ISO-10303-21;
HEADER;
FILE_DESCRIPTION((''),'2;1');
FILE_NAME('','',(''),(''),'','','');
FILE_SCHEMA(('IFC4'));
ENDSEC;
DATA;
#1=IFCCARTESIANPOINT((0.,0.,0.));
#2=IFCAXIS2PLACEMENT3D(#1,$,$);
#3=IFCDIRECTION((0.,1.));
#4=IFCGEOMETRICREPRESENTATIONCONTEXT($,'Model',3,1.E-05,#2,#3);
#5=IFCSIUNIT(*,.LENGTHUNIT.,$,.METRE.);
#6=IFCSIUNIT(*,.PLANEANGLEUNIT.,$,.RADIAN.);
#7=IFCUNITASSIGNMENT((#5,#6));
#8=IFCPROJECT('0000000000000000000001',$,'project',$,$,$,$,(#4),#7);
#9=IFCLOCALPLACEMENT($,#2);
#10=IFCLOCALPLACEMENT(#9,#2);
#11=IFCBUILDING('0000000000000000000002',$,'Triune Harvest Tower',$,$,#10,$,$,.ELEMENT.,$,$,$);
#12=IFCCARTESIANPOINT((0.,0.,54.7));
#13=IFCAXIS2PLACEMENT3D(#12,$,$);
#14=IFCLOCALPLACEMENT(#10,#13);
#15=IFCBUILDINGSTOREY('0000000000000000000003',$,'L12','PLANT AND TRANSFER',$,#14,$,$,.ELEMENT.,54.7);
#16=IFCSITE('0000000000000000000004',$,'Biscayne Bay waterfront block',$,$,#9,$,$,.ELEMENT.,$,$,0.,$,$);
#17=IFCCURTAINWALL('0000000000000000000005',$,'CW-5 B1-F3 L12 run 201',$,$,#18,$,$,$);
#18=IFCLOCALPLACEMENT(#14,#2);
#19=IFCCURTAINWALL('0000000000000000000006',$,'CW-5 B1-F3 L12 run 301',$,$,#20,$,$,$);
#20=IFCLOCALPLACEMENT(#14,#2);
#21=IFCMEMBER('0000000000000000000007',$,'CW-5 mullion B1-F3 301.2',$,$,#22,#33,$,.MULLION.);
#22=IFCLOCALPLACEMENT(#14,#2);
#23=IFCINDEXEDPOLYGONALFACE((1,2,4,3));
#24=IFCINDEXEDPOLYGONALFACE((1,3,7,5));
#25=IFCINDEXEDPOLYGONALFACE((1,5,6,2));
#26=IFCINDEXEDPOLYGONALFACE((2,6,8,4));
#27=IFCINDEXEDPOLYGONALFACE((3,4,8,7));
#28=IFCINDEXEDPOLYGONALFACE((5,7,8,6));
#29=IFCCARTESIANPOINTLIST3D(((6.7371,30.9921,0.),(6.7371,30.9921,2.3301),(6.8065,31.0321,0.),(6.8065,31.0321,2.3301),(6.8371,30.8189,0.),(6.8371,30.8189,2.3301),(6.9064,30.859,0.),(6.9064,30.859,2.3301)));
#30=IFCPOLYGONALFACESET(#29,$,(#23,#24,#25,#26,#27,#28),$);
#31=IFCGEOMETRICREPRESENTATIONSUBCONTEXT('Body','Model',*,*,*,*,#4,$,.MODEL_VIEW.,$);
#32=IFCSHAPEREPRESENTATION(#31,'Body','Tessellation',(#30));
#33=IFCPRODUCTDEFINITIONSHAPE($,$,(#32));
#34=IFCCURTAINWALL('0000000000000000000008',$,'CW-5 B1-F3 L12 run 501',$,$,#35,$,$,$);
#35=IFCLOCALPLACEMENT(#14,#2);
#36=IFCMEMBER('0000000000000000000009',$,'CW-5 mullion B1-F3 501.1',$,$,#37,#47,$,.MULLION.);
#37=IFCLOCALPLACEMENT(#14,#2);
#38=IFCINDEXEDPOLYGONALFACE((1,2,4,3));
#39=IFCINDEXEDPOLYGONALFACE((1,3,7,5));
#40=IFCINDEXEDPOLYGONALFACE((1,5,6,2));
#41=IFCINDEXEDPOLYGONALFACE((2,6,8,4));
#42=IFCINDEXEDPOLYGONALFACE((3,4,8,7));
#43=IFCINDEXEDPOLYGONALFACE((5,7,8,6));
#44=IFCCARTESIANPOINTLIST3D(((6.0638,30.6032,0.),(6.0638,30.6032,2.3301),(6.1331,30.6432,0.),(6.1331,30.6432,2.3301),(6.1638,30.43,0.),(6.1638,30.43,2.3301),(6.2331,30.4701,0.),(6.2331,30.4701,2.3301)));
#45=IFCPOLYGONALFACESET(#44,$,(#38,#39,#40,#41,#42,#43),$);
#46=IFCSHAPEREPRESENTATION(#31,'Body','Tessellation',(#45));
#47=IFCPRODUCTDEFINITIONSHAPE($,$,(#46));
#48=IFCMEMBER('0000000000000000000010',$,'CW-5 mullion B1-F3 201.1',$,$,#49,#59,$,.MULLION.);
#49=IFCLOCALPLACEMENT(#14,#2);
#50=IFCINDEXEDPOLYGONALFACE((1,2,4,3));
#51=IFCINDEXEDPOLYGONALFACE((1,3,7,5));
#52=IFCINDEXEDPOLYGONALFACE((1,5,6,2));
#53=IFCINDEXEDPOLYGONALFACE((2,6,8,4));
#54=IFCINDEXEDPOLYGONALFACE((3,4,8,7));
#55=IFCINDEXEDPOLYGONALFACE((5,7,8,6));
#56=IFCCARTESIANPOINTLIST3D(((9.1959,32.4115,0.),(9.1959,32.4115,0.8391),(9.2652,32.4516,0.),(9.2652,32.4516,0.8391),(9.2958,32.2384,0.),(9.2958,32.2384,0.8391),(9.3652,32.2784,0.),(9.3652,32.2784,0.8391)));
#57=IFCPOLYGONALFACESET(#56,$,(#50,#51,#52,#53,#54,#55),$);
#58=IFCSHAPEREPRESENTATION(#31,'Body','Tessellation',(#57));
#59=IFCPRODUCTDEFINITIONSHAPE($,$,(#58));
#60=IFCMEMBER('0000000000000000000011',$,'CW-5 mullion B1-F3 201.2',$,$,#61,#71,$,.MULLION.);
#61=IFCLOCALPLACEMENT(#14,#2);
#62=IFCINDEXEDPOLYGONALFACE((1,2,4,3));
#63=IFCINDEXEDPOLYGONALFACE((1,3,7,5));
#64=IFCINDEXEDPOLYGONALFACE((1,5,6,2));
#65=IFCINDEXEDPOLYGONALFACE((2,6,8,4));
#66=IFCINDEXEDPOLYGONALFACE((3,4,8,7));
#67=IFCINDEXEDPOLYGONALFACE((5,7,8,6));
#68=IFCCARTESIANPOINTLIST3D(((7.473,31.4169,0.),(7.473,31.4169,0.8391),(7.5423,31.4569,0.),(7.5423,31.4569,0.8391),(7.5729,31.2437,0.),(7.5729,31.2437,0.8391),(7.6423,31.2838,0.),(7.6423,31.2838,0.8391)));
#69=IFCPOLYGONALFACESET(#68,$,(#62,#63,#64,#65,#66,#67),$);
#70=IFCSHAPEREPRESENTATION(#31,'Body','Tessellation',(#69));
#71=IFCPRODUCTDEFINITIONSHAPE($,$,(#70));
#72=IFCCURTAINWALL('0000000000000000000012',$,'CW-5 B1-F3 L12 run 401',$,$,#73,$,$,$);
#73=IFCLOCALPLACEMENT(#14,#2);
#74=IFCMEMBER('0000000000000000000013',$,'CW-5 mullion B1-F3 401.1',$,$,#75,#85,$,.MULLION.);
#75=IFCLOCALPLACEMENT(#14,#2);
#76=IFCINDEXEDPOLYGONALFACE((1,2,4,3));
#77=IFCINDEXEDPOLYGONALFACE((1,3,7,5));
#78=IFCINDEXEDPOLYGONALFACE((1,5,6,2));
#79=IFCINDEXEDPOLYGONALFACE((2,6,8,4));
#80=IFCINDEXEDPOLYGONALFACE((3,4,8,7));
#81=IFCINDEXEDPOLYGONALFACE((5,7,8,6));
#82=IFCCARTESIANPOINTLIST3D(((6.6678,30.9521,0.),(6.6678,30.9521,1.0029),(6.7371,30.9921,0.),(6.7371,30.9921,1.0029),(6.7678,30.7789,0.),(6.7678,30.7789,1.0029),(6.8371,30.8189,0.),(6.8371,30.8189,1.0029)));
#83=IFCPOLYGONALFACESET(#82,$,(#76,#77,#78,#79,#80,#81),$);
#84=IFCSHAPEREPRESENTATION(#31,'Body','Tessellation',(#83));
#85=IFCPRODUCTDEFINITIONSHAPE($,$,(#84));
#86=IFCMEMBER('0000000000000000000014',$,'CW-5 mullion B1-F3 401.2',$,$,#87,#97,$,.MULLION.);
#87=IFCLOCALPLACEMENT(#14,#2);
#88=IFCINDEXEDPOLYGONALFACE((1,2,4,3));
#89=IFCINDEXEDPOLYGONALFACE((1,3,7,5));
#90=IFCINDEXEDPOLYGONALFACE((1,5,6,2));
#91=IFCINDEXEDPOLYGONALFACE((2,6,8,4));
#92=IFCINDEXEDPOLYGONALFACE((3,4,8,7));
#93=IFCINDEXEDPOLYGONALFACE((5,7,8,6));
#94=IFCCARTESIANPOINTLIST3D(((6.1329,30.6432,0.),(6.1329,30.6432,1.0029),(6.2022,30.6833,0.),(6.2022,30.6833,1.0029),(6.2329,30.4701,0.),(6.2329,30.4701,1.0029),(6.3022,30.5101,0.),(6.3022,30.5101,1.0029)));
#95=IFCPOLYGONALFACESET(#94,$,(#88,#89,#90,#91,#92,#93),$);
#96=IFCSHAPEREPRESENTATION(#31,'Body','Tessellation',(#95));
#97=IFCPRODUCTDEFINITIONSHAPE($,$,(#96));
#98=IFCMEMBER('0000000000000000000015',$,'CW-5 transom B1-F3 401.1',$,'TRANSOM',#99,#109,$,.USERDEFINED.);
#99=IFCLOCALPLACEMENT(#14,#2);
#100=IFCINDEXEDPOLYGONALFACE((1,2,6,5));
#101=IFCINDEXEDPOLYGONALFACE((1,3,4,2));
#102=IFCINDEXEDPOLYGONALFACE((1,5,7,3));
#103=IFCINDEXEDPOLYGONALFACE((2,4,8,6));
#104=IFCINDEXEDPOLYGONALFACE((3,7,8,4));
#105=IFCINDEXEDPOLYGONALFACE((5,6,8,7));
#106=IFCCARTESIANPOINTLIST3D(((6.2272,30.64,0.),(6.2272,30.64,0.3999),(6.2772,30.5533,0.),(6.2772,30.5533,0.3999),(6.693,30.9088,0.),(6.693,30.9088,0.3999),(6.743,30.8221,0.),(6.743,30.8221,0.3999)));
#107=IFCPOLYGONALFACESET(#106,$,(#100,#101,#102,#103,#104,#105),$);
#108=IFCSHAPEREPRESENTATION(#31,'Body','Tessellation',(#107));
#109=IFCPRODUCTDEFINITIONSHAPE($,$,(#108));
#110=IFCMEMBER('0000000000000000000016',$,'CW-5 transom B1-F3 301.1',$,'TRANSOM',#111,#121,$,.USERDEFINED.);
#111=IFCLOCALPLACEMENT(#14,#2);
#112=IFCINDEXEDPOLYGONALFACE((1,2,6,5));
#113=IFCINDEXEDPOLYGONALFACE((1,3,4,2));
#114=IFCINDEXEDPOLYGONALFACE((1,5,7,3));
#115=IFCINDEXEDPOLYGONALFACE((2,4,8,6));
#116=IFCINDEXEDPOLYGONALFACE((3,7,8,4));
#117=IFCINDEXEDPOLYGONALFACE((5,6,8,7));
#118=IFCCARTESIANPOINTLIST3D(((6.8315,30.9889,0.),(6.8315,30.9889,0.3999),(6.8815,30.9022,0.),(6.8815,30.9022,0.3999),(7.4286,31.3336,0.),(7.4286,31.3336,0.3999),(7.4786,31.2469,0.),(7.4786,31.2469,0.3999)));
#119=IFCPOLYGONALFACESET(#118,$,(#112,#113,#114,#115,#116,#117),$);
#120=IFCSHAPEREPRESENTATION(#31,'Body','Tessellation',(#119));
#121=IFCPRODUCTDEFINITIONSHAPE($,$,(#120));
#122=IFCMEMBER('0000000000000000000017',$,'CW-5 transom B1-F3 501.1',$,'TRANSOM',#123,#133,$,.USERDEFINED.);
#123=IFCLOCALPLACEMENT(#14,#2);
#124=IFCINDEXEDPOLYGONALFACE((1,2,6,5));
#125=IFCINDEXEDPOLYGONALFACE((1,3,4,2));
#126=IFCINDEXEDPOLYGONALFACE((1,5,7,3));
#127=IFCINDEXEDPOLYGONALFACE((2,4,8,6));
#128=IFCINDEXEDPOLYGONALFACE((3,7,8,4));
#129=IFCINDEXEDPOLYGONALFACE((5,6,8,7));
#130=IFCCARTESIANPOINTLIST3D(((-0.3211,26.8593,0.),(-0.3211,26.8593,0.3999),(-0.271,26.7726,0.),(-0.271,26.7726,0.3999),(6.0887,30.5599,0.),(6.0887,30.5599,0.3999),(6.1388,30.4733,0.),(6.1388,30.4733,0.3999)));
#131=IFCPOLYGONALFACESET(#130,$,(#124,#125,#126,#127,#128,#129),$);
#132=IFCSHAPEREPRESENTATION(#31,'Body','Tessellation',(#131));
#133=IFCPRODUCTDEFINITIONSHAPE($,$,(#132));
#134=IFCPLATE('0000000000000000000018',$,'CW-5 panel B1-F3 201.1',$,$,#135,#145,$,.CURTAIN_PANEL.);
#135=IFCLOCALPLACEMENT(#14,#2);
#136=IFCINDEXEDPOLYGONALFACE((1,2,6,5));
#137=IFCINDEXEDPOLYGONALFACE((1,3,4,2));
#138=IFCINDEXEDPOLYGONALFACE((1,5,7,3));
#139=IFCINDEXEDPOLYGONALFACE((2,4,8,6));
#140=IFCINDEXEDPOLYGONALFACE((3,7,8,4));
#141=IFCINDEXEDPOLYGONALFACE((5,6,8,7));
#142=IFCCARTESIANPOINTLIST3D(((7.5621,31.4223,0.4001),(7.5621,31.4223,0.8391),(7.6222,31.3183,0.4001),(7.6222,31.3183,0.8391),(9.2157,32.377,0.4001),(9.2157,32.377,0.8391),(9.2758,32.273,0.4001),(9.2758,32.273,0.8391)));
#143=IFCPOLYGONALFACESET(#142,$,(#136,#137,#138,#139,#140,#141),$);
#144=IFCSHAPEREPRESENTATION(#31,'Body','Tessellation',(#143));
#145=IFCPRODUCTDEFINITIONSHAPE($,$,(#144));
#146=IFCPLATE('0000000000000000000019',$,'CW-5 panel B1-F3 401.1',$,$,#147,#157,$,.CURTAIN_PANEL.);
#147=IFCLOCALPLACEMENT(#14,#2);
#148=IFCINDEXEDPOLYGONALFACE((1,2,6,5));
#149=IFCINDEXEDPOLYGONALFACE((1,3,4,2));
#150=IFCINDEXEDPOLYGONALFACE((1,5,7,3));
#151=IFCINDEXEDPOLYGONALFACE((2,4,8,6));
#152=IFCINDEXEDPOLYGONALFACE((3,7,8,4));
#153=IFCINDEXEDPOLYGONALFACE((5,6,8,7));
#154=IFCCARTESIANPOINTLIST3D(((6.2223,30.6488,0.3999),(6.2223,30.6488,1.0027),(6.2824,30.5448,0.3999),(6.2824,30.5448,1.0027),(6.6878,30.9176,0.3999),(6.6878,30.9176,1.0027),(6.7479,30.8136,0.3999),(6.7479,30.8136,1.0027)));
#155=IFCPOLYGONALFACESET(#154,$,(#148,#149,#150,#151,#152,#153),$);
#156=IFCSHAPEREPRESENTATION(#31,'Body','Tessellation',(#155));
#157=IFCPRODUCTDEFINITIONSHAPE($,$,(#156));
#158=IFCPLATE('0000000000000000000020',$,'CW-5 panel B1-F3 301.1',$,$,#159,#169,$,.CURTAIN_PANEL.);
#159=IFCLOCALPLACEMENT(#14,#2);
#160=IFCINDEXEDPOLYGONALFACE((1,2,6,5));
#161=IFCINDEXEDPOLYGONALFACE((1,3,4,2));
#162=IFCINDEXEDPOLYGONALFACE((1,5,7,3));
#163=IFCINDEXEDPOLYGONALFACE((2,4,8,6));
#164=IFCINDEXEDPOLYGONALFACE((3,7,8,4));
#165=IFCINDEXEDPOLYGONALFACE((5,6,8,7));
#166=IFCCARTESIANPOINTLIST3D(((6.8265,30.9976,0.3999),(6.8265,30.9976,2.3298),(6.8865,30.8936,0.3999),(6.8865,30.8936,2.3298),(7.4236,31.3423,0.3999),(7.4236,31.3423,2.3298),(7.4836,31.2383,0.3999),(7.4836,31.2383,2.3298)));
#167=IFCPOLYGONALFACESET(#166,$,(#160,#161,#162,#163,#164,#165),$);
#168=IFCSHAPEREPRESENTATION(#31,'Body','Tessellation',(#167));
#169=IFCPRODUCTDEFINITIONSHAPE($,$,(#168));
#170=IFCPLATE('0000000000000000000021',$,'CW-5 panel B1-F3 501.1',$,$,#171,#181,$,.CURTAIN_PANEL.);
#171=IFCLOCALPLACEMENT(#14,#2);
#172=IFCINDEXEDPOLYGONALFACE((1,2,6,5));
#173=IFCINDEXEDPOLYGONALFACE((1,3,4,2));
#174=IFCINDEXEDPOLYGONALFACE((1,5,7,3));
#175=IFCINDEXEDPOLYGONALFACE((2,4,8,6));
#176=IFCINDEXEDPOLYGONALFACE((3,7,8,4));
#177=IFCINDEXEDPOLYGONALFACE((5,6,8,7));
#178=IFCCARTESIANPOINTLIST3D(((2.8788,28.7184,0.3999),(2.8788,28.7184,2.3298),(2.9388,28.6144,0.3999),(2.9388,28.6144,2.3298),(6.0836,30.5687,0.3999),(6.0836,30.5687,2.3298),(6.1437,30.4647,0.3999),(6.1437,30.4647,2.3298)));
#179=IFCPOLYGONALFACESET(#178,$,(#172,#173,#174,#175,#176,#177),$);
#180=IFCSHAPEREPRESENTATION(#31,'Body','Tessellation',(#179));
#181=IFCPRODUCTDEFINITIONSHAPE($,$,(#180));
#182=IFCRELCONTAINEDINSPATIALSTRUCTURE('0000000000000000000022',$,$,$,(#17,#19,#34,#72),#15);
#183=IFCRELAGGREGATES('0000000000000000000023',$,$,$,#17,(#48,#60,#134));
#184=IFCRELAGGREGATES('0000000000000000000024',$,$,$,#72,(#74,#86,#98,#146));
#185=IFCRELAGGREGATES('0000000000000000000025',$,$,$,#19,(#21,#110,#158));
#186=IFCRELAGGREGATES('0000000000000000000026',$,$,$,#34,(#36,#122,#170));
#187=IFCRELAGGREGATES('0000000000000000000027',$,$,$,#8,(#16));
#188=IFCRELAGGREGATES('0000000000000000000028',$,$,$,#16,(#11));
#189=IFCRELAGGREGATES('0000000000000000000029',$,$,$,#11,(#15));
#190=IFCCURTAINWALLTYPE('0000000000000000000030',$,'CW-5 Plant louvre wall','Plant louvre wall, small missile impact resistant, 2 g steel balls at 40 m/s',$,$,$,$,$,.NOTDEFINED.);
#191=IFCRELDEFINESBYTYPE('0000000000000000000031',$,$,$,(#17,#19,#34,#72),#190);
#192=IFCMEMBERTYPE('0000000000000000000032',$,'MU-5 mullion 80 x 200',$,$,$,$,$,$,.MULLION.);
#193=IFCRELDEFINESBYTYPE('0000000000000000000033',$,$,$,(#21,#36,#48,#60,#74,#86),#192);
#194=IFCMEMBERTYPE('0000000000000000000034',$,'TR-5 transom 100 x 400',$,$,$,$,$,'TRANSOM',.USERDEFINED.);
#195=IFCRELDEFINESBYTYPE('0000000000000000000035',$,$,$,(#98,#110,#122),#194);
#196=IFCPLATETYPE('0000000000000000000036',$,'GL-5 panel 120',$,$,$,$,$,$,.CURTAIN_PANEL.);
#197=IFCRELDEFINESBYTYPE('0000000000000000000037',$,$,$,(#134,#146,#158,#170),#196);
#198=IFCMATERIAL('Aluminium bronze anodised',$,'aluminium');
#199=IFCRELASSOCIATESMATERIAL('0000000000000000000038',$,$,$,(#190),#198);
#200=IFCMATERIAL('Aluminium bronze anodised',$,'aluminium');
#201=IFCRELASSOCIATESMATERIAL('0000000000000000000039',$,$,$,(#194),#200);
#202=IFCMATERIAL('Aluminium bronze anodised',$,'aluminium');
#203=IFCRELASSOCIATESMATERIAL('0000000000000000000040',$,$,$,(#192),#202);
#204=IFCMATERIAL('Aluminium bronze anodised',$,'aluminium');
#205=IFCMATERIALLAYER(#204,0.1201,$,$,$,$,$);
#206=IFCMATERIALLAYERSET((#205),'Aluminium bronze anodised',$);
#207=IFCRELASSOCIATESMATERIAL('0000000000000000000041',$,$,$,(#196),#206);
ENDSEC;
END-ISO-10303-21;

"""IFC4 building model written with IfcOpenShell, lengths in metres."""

from ifc_helpers import new_model, si_unit, direction, frame, origin, origin_2d, place, context, subcontext, project, spatial, rectangle, extrude, source, transform, mapped, material, layer, layer_set, material_profile, profile_set, type_object, element, aggregate, save


model = new_model("IFC4")

# Units and contexts
model_context = context("Model", 3, precision=1e-05, world=origin(), true_north=direction((0.0, 1.0)))
body_context = subcontext(model_context, "Body", "Model", "MODEL_VIEW")
ifc_project = project(units=[si_unit("LENGTHUNIT", "METRE"), si_unit("PLANEANGLEUNIT", "RADIAN")], contexts=[model_context])

# Site, building, storey
site_placement = place(None, origin())
site = spatial("IfcSite", under=ifc_project, at=site_placement, Name="Biscayne Bay waterfront block", CompositionType="ELEMENT", RefElevation=0.0)
building_placement = place(site_placement, origin())
building = spatial("IfcBuilding", under=site, at=building_placement, Name="Triune Harvest Tower", CompositionType="ELEMENT")
storey_placement = place(building_placement, frame((0.0, 0.0, 54.7)))
storey = spatial("IfcBuildingStorey", under=building, at=storey_placement, Name="L12", Description="PLANT AND TRANSFER", CompositionType="ELEMENT", Elevation=54.7)

# Curtain wall
ifc_material_1 = material(Name="Aluminium bronze anodised", Category="aluminium")
curtain_wall_type = type_object("IfcCurtainWallType", Name="CW-5 Plant louvre wall", Description="Plant louvre wall, small missile impact resistant, 2 g steel balls at 40 m/s", PredefinedType="NOTDEFINED", material=ifc_material_1)
curtain_wall_1_placement = place(storey_placement, origin())
curtain_wall_1 = element("IfcCurtainWall", 1, at=curtain_wall_1_placement, inside=storey, type_object=curtain_wall_type, Name="CW-5 B1-F3 L12 run 201")
ifc_material_2 = material(Name="Aluminium bronze anodised", Category="aluminium")
ifc_material_profile_1 = material_profile(ifc_material_2, rectangle(XDim=0.1001, YDim=0.3999, at=origin_2d()), Name="TR-5 transom 100 x 400")
ifc_profile_set_1 = profile_set([ifc_material_profile_1], Name="Aluminium bronze anodised")
member_type_1 = type_object("IfcMemberType", Name="TR-5 transom 100 x 400", ElementType="TRANSOM", PredefinedType="USERDEFINED", material=ifc_profile_set_1)

# Shared definitions
ifc_material_3 = material(Name="Aluminium bronze anodised", Category="aluminium")
ifc_material_profile_2 = material_profile(ifc_material_3, rectangle(XDim=0.2, YDim=0.0801, at=origin_2d()), Name="MU-5 mullion 80 x 200")
ifc_profile_set_2 = profile_set([ifc_material_profile_2], Name="Aluminium bronze anodised")
member_type_2 = type_object("IfcMemberType", Name="MU-5 mullion 80 x 200", PredefinedType="MULLION", material=ifc_profile_set_2)
shared_shape_1 = source(origin(), body_context, "Body", "SweptSolid", [
    extrude(rectangle(XDim=0.2, YDim=0.0801, at=origin_2d()), origin(), (0.0, 0.0, 1.0), 2.3301),
])

# Curtain wall, member
curtain_wall_2_placement = place(storey_placement, origin())
curtain_wall_2 = element("IfcCurtainWall", 2, at=curtain_wall_2_placement, inside=storey, type_object=curtain_wall_type, Name="CW-5 B1-F3 L12 run 301")
member_1_placement = place(storey_placement, frame((6.8218, 30.9255, 0.0), z_axis=(0.0, 0.0, 1.0), x_axis=(0.49995, -0.866054, 0.0)))
member_1 = element("IfcMember", 3, at=member_1_placement, type_object=member_type_2, Name="CW-5 mullion B1-F3 301.2", PredefinedType="MULLION", context=body_context, shape_type="MappedRepresentation", body=[
    mapped(shared_shape_1, transform((0.0, 0.0, 0.0), scale=1.0)),
])

# Curtain wall, member
curtain_wall_3_placement = place(storey_placement, origin())
curtain_wall_3 = element("IfcCurtainWall", 4, at=curtain_wall_3_placement, inside=storey, type_object=curtain_wall_type, Name="CW-5 B1-F3 L12 run 501")
member_2_placement = place(storey_placement, frame((6.1484, 30.5366, 0.0), z_axis=(0.0, 0.0, 1.0), x_axis=(0.500002, -0.866024, 0.0)))
member_2 = element("IfcMember", 5, at=member_2_placement, type_object=member_type_2, Name="CW-5 mullion B1-F3 501.1", PredefinedType="MULLION", context=body_context, shape_type="MappedRepresentation", body=[
    mapped(shared_shape_1, transform((0.0, 0.0, 0.0), scale=1.0)),
])

# Members
shared_shape_2 = source(origin(), body_context, "Body", "SweptSolid", [
    extrude(rectangle(XDim=0.2, YDim=0.0801, at=origin_2d()), origin(), (0.0, 0.0, 1.0), 0.8391),
])
member_3_placement = place(storey_placement, frame((9.2805, 32.345, 0.0), z_axis=(0.0, 0.0, 1.0), x_axis=(0.49999, -0.866031, 0.0)))
member_3 = element("IfcMember", 6, at=member_3_placement, type_object=member_type_2, Name="CW-5 mullion B1-F3 201.1", PredefinedType="MULLION", context=body_context, shape_type="MappedRepresentation", body=[
    mapped(shared_shape_2, transform((0.0, 0.0, 0.0), scale=1.0)),
])
member_4_placement = place(storey_placement, frame((7.5576, 31.3503, 0.0), z_axis=(0.0, 0.0, 1.0), x_axis=(0.49999, -0.866031, 0.0)))
member_4 = element("IfcMember", 7, at=member_4_placement, type_object=member_type_2, Name="CW-5 mullion B1-F3 201.2", PredefinedType="MULLION", context=body_context, shape_type="MappedRepresentation", body=[
    mapped(shared_shape_2, transform((0.0, 0.0, 0.0), scale=1.0)),
])

# Curtain wall, members
curtain_wall_4_placement = place(storey_placement, origin())
curtain_wall_4 = element("IfcCurtainWall", 8, at=curtain_wall_4_placement, inside=storey, type_object=curtain_wall_type, Name="CW-5 B1-F3 L12 run 401")
shared_shape_3 = source(origin(), body_context, "Body", "SweptSolid", [
    extrude(rectangle(XDim=0.2, YDim=0.0801, at=origin_2d()), origin(), (0.0, 0.0, 1.0), 1.0029),
])
member_5_placement = place(storey_placement, frame((6.7524, 30.8855, 0.0), z_axis=(0.0, 0.0, 1.0), x_axis=(0.50007, -0.865985, 0.0)))
member_5 = element("IfcMember", 9, at=member_5_placement, type_object=member_type_2, Name="CW-5 mullion B1-F3 401.1", PredefinedType="MULLION", context=body_context, shape_type="MappedRepresentation", body=[
    mapped(shared_shape_3, transform((0.0, 0.0, 0.0), scale=1.0)),
])
member_6_placement = place(storey_placement, frame((6.2175, 30.5767, 0.0), z_axis=(0.0, 0.0, 1.0), x_axis=(0.50007, -0.865985, 0.0)))
member_6 = element("IfcMember", 10, at=member_6_placement, type_object=member_type_2, Name="CW-5 mullion B1-F3 401.2", PredefinedType="MULLION", context=body_context, shape_type="MappedRepresentation", body=[
    mapped(shared_shape_3, transform((0.0, 0.0, 0.0), scale=1.0)),
])
shared_shape_4 = source(origin(), body_context, "Body", "SweptSolid", [
    extrude(rectangle(XDim=0.1001, YDim=0.3999, at=origin_2d()), origin(), (0.0, 0.0, 1.0), 0.5378),
])
member_7_placement = place(storey_placement, frame((6.718, 30.8655, 0.2), z_axis=(-0.86614, -0.499801, 0.0), x_axis=(0.499801, -0.86614, 0.0)))
member_7 = element("IfcMember", 11, at=member_7_placement, type_object=member_type_1, Name="CW-5 transom B1-F3 401.1", ObjectType="TRANSOM", PredefinedType="USERDEFINED", context=body_context, shape_type="MappedRepresentation", body=[
    mapped(shared_shape_4, transform((0.0, 0.0, 0.0), scale=1.0)),
])

# Members
shared_shape_5 = source(origin(), body_context, "Body", "SweptSolid", [
    extrude(rectangle(XDim=0.1001, YDim=0.3999, at=origin_2d()), origin(), (0.0, 0.0, 1.0), 0.6895),
])
member_8_placement = place(storey_placement, frame((7.4536, 31.2903, 0.2), z_axis=(-0.866056, -0.499947, 0.0), x_axis=(0.499947, -0.866056, 0.0)))
member_8 = element("IfcMember", 12, at=member_8_placement, type_object=member_type_1, Name="CW-5 transom B1-F3 301.1", ObjectType="TRANSOM", PredefinedType="USERDEFINED", context=body_context, shape_type="MappedRepresentation", body=[
    mapped(shared_shape_5, transform((0.0, 0.0, 0.0), scale=1.0)),
])
shared_shape_6 = source(origin(), body_context, "Body", "SweptSolid", [
    extrude(rectangle(XDim=0.1001, YDim=0.3999, at=origin_2d()), origin(), (0.0, 0.0, 1.0), 7.4014),
])
member_9_placement = place(storey_placement, frame((6.1138, 30.5166, 0.2), z_axis=(-0.86603, -0.499992, 0.0), x_axis=(0.499992, -0.86603, 0.0)))
member_9 = element("IfcMember", 13, at=member_9_placement, type_object=member_type_1, Name="CW-5 transom B1-F3 501.1", ObjectType="TRANSOM", PredefinedType="USERDEFINED", context=body_context, shape_type="MappedRepresentation", body=[
    mapped(shared_shape_6, transform((0.0, 0.0, 0.0), scale=1.0)),
])

# Plates
ifc_material_4 = material(Name="Aluminium bronze anodised", Category="aluminium")
ifc_layer_1 = layer(ifc_material_4, 0.1201)
ifc_layer_set_1 = layer_set([ifc_layer_1], Name="Aluminium bronze anodised")
plate_type = type_object("IfcPlateType", Name="GL-5 panel 120", PredefinedType="CURTAIN_PANEL", material=ifc_layer_set_1)
plate_1_placement = place(storey_placement, frame((8.4189, 31.8477, 0.4001), z_axis=(0.0, 0.0, 1.0), x_axis=(-0.866031, -0.49999, 0.0)))
plate_1 = element("IfcPlate", 14, at=plate_1_placement, type_object=plate_type, Name="CW-5 panel B1-F3 201.1", PredefinedType="CURTAIN_PANEL", context=body_context, shape_type="SweptSolid", body=[
    extrude(rectangle(XDim=1.9094, YDim=0.1201, at=origin_2d()), origin(), (0.0, 0.0, 1.0), 0.439),
])
aggregate(curtain_wall_1, [member_3, member_4, plate_1])
shared_shape_7 = source(origin(), body_context, "Body", "SweptSolid", [
    extrude(rectangle(XDim=0.5376, YDim=0.1201, at=origin_2d()), origin(), (0.0, 0.0, 1.0), 0.6028),
])
plate_2_placement = place(storey_placement, frame((6.4851, 30.7312, 0.3999), z_axis=(0.0, 0.0, 1.0), x_axis=(-0.865985, -0.50007, 0.0)))
plate_2 = element("IfcPlate", 15, at=plate_2_placement, type_object=plate_type, Name="CW-5 panel B1-F3 401.1", PredefinedType="CURTAIN_PANEL", context=body_context, shape_type="MappedRepresentation", body=[
    mapped(shared_shape_7, transform((0.0, 0.0, 0.0), scale=1.0)),
])
aggregate(curtain_wall_4, [member_5, member_6, member_7, plate_2])
shared_shape_8 = source(origin(), body_context, "Body", "SweptSolid", [
    extrude(rectangle(XDim=0.6895, YDim=0.1201, at=origin_2d()), origin(), (0.0, 0.0, 1.0), 1.9299),
])
plate_3_placement = place(storey_placement, frame((7.155, 31.1179, 0.3999), z_axis=(0.0, 0.0, 1.0), x_axis=(-0.866054, -0.49995, 0.0)))
plate_3 = element("IfcPlate", 16, at=plate_3_placement, type_object=plate_type, Name="CW-5 panel B1-F3 301.1", PredefinedType="CURTAIN_PANEL", context=body_context, shape_type="MappedRepresentation", body=[
    mapped(shared_shape_8, transform((0.0, 0.0, 0.0), scale=1.0)),
])
aggregate(curtain_wall_2, [member_1, member_8, plate_3])
shared_shape_9 = source(origin(), body_context, "Body", "SweptSolid", [
    extrude(rectangle(XDim=3.7007, YDim=0.1201, at=origin_2d()), origin(), (0.0, 0.0, 1.0), 1.9299),
])
plate_4_placement = place(storey_placement, frame((4.5112, 29.5916, 0.3999), z_axis=(0.0, 0.0, 1.0), x_axis=(-0.866024, -0.500002, 0.0)))
plate_4 = element("IfcPlate", 17, at=plate_4_placement, type_object=plate_type, Name="CW-5 panel B1-F3 501.1", PredefinedType="CURTAIN_PANEL", context=body_context, shape_type="MappedRepresentation", body=[
    mapped(shared_shape_9, transform((0.0, 0.0, 0.0), scale=1.0)),
])
aggregate(curtain_wall_3, [member_2, member_9, plate_4])

save(model, "model.ifc")
